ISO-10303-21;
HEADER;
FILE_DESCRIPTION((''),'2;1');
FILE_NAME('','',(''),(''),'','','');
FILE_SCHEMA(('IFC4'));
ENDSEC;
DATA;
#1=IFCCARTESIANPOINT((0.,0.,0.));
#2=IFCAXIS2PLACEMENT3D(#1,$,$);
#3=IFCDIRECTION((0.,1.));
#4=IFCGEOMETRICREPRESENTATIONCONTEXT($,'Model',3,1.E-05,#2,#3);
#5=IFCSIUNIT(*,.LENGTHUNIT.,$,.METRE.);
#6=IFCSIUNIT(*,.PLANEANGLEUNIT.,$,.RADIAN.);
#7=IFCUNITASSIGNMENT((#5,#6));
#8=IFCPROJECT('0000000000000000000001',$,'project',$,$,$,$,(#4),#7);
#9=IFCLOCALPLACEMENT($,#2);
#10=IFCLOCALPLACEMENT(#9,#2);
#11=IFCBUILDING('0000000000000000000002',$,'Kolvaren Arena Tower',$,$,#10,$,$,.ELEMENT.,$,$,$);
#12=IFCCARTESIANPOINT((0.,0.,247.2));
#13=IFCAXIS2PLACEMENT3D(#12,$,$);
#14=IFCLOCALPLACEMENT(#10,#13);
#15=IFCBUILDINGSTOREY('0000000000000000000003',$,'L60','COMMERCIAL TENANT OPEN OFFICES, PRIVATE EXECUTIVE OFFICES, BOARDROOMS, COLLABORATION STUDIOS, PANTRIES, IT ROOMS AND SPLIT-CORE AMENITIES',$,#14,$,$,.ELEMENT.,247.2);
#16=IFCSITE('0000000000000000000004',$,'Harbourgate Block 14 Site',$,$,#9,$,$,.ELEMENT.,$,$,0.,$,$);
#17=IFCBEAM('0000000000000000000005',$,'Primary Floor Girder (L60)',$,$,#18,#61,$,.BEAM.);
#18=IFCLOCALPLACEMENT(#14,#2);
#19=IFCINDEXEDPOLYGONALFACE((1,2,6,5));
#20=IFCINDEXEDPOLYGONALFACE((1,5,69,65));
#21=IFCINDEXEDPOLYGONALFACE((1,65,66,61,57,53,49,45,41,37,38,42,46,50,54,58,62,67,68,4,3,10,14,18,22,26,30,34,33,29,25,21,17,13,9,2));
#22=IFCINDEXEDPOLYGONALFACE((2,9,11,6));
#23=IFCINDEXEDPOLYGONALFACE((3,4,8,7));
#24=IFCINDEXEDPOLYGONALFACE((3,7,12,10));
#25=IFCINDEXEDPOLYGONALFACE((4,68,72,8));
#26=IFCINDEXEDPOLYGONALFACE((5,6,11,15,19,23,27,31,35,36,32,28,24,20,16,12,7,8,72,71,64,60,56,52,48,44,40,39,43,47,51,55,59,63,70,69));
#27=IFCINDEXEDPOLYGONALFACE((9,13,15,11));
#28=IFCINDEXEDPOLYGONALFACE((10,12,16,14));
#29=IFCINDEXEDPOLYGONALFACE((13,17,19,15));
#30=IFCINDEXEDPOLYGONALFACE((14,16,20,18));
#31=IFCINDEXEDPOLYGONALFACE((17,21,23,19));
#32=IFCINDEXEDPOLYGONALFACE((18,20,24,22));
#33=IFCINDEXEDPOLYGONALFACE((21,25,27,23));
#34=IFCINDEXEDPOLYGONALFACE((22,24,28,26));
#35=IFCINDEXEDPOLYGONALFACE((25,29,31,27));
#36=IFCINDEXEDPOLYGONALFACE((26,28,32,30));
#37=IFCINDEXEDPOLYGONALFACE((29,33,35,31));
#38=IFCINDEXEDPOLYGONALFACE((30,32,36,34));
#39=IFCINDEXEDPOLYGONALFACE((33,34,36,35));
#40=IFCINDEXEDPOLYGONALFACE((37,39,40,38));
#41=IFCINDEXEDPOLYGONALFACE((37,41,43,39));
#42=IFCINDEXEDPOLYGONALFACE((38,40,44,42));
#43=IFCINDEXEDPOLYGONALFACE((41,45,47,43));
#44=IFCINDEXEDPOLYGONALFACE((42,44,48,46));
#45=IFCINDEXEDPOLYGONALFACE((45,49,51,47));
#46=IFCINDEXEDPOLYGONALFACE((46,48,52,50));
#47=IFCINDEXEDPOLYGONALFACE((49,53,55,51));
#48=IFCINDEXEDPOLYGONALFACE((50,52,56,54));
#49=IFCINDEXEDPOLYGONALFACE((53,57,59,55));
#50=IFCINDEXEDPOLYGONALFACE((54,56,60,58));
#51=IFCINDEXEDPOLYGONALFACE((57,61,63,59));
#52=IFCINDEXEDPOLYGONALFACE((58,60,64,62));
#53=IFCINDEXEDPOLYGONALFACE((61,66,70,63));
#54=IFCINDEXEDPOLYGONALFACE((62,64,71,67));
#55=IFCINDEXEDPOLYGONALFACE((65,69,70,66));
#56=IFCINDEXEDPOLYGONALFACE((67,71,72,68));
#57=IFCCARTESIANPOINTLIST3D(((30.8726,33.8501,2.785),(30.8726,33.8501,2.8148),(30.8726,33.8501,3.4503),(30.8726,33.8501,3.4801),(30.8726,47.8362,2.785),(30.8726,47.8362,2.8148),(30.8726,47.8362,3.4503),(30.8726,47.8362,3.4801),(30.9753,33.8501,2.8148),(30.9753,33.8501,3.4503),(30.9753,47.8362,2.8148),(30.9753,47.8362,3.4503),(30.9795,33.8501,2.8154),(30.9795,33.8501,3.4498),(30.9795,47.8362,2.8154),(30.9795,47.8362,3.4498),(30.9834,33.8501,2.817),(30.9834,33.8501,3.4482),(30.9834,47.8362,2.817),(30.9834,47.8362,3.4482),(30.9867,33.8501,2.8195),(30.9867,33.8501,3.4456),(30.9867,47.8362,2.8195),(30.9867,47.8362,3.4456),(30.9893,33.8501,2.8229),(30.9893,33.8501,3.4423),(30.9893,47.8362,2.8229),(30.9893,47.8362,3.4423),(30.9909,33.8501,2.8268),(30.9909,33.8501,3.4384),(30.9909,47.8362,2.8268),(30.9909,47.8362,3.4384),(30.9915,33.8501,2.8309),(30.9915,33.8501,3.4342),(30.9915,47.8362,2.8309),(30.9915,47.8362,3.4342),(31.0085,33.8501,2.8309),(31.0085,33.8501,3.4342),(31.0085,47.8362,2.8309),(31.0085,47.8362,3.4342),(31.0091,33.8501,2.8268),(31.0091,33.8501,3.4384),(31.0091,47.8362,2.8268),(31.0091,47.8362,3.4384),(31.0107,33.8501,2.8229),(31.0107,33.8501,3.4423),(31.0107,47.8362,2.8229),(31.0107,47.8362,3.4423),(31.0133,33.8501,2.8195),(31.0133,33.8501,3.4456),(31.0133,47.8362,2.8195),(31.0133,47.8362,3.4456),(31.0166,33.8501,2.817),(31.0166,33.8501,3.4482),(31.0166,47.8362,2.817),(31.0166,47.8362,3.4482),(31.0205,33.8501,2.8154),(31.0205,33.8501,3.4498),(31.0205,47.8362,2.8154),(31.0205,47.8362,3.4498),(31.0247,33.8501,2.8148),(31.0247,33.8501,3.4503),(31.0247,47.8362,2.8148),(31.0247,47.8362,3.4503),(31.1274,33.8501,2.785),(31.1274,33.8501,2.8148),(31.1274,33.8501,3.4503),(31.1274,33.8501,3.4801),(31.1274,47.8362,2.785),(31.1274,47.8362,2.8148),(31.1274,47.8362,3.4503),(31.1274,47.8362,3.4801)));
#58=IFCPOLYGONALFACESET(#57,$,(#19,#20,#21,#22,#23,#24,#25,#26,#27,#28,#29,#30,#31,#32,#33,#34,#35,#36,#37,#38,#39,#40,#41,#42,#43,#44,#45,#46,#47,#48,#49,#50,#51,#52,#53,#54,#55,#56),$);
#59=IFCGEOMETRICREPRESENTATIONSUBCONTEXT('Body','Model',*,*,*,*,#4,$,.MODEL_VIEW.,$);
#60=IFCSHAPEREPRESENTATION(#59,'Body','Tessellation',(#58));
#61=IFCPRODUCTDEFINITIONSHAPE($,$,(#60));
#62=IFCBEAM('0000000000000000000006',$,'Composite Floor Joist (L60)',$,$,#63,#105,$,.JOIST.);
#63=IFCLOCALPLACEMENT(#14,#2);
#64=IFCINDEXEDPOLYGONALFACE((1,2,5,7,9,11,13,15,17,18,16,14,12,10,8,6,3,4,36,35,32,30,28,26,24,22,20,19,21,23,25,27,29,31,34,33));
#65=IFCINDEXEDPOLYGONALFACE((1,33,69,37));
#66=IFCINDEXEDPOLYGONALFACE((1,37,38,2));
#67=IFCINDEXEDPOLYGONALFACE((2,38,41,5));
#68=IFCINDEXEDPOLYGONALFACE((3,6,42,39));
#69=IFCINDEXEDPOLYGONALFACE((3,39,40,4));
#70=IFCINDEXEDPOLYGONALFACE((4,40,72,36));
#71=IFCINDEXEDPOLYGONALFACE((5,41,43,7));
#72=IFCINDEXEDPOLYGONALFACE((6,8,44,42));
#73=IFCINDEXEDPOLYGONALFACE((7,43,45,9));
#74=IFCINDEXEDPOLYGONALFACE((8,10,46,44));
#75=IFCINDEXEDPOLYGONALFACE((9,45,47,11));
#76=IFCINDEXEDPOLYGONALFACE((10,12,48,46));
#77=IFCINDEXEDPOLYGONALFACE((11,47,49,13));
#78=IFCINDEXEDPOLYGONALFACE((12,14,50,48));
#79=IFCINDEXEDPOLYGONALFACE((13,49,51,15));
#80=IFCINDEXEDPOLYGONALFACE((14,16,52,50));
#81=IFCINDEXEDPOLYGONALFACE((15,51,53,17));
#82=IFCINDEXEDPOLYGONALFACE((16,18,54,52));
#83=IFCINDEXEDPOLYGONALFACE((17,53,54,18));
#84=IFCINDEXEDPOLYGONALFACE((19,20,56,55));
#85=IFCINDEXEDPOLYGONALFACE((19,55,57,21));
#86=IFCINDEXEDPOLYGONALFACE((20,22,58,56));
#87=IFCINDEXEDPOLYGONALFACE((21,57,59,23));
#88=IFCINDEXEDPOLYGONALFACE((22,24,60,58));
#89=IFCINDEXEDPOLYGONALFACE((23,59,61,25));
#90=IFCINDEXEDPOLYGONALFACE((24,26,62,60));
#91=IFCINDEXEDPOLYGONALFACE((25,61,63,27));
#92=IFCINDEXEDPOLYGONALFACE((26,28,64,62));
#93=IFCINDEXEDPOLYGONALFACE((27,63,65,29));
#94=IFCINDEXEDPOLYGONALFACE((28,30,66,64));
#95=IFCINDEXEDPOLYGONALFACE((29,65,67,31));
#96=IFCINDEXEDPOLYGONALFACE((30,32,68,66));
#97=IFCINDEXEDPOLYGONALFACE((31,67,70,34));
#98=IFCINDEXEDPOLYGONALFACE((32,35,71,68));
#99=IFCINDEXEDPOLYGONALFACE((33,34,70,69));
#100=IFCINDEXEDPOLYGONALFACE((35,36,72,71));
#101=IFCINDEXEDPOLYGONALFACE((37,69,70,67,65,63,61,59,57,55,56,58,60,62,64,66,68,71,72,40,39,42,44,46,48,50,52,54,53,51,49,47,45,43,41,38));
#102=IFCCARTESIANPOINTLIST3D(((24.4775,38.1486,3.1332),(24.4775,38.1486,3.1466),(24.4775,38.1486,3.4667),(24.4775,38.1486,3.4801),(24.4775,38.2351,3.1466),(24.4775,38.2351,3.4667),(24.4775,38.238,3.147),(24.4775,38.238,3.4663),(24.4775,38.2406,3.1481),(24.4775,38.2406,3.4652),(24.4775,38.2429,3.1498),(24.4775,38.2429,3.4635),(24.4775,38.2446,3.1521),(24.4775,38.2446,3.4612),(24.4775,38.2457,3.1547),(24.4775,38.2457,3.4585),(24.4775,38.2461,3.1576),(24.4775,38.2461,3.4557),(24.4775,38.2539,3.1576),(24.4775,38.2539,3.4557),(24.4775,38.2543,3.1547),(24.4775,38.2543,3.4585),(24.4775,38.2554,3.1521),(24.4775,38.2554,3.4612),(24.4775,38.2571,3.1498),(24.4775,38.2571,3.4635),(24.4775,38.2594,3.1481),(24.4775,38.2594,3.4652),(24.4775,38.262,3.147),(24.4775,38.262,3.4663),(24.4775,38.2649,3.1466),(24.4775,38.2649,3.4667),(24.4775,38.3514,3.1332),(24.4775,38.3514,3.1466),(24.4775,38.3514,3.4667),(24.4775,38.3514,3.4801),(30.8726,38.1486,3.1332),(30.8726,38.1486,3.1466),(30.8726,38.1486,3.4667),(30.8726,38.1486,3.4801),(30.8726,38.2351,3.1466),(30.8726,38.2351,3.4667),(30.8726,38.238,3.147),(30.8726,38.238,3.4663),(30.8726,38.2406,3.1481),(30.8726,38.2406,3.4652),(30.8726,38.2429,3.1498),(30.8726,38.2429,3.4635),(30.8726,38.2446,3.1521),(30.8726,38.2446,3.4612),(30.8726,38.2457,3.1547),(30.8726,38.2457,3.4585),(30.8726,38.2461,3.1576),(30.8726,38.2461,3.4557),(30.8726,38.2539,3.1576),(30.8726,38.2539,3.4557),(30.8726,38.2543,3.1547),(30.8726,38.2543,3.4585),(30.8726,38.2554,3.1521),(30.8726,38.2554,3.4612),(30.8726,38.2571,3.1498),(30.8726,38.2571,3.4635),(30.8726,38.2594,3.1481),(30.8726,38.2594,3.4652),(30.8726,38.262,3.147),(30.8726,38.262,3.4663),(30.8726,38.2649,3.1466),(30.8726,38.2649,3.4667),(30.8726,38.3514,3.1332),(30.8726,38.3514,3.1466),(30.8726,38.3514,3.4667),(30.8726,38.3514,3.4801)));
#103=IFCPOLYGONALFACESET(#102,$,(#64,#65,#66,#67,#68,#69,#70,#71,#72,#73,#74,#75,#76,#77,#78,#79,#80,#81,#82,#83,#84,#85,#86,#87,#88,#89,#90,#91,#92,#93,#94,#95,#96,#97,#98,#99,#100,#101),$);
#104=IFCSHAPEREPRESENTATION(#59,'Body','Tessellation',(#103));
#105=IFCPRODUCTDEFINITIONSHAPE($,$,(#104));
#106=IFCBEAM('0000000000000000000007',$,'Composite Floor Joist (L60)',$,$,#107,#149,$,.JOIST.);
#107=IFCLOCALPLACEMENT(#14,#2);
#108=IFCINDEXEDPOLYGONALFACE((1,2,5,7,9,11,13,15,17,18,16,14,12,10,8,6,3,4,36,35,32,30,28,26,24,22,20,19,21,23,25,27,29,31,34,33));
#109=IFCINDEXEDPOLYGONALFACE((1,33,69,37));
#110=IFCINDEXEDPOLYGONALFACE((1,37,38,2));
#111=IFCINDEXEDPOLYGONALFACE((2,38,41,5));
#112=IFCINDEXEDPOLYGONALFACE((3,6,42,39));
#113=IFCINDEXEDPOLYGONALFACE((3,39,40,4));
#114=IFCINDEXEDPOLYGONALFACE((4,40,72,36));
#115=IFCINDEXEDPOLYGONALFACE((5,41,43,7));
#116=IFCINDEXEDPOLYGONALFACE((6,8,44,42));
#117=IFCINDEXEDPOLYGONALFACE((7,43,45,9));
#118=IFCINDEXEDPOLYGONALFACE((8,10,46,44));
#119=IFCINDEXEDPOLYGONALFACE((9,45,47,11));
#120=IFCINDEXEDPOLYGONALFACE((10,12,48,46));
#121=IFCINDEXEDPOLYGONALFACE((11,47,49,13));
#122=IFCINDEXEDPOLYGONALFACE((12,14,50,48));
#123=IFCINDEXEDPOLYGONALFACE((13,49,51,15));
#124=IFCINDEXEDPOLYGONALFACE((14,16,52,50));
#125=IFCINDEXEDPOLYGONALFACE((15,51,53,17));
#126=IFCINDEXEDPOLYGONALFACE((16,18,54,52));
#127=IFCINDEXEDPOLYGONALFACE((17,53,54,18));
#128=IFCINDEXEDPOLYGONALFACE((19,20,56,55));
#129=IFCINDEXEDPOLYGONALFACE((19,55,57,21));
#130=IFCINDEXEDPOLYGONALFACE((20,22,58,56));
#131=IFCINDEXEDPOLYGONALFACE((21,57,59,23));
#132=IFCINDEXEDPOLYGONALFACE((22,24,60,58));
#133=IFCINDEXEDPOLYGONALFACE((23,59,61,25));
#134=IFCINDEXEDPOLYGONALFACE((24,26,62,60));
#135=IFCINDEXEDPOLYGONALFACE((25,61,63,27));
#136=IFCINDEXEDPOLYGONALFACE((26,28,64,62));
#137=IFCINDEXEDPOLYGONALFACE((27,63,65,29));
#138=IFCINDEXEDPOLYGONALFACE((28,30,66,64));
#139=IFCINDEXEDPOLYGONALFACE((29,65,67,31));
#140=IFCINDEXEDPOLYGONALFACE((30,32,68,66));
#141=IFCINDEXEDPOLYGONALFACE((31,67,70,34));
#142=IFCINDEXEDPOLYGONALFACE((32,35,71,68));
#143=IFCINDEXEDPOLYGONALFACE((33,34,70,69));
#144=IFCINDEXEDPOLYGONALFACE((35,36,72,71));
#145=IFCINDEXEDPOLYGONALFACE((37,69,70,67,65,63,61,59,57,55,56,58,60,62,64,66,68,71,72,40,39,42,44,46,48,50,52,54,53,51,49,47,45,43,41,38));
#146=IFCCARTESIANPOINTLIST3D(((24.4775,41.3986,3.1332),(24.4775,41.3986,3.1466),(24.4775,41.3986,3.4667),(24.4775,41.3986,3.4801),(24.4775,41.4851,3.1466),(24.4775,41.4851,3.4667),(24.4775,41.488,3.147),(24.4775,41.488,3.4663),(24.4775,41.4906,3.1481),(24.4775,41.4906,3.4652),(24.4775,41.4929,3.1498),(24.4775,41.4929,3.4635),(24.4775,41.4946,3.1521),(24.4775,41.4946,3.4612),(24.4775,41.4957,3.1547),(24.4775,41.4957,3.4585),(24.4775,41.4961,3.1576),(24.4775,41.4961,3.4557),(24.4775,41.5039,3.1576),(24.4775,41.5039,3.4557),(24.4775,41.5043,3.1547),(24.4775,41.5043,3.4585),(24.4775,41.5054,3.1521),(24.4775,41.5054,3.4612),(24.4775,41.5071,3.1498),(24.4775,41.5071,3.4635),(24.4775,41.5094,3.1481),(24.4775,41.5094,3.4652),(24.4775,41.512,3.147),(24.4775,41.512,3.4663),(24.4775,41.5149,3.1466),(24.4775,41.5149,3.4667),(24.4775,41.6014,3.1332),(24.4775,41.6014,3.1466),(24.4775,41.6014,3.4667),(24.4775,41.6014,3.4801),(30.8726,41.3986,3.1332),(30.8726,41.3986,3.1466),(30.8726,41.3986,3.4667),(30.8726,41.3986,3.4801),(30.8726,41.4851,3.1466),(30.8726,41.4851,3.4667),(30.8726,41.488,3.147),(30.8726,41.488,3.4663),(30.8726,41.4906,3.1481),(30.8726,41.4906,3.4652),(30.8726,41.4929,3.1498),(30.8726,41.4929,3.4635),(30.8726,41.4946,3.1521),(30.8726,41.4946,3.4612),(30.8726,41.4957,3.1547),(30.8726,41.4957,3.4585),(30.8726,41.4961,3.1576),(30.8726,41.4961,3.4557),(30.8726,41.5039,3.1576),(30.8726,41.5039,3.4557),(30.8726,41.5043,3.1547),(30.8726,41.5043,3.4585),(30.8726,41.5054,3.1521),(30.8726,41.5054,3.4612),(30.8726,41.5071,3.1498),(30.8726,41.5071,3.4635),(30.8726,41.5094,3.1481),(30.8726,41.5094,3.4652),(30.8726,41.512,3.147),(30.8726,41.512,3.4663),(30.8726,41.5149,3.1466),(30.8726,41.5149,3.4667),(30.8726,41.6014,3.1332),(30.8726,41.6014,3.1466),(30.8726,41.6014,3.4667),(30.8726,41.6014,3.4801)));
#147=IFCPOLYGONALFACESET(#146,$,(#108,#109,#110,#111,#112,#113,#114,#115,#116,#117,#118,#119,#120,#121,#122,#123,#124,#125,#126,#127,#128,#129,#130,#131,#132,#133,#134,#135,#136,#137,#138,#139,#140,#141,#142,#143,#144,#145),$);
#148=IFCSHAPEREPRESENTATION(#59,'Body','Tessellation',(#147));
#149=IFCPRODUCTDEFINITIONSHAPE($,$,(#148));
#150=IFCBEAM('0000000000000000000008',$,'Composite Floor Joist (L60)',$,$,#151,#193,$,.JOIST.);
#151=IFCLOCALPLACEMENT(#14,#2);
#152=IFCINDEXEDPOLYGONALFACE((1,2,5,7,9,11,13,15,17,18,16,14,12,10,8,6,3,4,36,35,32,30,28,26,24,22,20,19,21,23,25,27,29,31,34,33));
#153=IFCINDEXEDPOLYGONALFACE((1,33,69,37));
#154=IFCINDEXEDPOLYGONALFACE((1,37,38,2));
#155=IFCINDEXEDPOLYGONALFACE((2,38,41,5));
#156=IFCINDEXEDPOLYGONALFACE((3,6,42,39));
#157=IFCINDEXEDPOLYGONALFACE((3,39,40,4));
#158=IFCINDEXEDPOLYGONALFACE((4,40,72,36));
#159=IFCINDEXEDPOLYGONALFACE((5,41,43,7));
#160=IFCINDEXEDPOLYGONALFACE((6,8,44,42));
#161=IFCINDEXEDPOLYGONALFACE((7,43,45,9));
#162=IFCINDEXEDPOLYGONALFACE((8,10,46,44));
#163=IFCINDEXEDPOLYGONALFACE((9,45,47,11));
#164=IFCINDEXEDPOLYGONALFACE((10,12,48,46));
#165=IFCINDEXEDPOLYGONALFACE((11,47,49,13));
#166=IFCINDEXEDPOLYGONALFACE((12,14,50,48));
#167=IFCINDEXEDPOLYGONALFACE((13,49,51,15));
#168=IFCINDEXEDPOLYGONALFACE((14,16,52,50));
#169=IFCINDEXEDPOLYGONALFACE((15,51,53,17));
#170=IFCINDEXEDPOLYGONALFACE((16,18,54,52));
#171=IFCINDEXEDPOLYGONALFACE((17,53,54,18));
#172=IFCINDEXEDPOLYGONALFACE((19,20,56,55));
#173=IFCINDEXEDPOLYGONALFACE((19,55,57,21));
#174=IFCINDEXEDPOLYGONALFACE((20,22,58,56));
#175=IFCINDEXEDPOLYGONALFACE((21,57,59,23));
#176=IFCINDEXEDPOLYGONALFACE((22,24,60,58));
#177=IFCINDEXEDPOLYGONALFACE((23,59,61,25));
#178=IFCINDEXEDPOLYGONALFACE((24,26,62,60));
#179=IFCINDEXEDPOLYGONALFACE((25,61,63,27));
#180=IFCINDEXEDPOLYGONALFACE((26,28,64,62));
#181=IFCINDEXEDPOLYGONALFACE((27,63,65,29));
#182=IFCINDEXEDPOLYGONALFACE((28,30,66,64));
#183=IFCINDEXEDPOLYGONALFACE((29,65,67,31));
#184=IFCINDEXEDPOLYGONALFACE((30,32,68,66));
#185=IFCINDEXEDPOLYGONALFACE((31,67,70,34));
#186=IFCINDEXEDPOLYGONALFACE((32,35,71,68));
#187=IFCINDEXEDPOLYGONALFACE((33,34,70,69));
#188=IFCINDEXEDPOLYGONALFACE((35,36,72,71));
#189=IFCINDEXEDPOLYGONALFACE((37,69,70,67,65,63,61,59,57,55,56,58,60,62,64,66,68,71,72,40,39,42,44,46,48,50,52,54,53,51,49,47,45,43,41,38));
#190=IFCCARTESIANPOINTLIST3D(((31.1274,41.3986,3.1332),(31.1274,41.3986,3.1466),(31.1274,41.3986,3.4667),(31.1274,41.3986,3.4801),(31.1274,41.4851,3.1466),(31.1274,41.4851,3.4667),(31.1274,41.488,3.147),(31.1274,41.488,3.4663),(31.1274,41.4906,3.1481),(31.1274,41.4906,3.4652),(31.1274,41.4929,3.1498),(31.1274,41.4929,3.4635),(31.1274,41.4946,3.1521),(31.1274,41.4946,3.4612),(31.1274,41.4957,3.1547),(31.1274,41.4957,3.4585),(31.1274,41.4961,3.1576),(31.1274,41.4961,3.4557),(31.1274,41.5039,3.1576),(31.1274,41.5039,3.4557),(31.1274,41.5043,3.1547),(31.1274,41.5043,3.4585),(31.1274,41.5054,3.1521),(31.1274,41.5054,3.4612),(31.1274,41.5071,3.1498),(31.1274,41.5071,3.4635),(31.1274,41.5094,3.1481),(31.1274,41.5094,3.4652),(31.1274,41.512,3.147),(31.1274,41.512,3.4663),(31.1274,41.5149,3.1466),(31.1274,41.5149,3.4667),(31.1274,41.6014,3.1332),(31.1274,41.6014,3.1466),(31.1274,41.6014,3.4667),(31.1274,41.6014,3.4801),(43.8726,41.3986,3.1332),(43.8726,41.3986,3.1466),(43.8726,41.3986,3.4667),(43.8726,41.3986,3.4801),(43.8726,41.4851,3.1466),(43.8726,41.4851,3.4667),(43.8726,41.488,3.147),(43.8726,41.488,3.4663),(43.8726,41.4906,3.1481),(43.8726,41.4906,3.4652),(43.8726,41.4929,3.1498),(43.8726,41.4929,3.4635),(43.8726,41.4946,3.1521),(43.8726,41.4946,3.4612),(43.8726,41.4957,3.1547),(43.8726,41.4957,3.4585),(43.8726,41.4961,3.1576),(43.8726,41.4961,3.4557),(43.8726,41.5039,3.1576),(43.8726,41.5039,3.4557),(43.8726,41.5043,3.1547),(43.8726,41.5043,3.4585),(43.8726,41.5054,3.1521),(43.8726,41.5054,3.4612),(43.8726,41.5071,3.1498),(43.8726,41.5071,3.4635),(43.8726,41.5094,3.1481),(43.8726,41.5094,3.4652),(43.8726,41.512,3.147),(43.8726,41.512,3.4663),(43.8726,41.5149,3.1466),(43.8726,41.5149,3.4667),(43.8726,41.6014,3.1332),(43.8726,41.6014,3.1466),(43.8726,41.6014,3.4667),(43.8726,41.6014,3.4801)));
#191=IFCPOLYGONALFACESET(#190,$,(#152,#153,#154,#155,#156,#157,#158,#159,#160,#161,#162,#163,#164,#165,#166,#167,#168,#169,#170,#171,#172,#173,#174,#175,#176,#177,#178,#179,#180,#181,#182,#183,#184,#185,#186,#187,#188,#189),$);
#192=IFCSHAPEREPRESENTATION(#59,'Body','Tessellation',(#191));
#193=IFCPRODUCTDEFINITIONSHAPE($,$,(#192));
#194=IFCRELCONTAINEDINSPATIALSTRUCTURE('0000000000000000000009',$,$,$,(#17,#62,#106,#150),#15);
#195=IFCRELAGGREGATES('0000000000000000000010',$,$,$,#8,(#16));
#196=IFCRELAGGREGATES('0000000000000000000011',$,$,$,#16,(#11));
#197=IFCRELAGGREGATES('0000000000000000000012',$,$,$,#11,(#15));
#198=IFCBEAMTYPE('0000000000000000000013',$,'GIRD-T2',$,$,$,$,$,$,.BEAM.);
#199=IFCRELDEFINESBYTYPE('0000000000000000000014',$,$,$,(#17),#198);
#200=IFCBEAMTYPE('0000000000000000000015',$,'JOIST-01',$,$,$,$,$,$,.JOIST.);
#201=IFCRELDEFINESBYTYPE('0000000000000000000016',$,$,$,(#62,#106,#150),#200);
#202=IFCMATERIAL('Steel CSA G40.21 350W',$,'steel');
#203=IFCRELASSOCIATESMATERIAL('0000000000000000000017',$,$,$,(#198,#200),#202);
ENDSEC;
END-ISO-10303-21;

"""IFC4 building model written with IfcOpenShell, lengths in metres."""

from ifc_helpers import new_model, si_unit, direction, frame, origin, origin_2d, place, context, subcontext, project, spatial, i_section, extrude, material, material_profile, profile_set, type_object, element, save


model = new_model("IFC4")

# Units and contexts
model_context = context("Model", 3, precision=1e-05, world=origin(), true_north=direction((0.0, 1.0)))
body_context = subcontext(model_context, "Body", "Model", "MODEL_VIEW")
ifc_project = project(units=[si_unit("LENGTHUNIT", "METRE"), si_unit("PLANEANGLEUNIT", "RADIAN")], contexts=[model_context])

# Site, building, storey
site_placement = place(None, origin())
site = spatial("IfcSite", under=ifc_project, at=site_placement, Name="Harbourgate Block 14 Site", CompositionType="ELEMENT", RefElevation=0.0)
building_placement = place(site_placement, origin())
building = spatial("IfcBuilding", under=site, at=building_placement, Name="Kolvaren Arena Tower", CompositionType="ELEMENT")
storey_placement = place(building_placement, frame((0.0, 0.0, 247.2)))
storey = spatial("IfcBuildingStorey", under=building, at=storey_placement, Name="L60", Description="COMMERCIAL TENANT OPEN OFFICES, PRIVATE EXECUTIVE OFFICES, BOARDROOMS, COLLABORATION STUDIOS, PANTRIES, IT ROOMS AND SPLIT-CORE AMENITIES", CompositionType="ELEMENT", Elevation=247.2)

# Beams
ifc_material_1 = material(Name="Steel CSA G40.21 350W", Category="steel")
ifc_material_profile_1 = material_profile(ifc_material_1, i_section(OverallWidth=0.2549, OverallDepth=0.6951, WebThickness=0.0171, FlangeThickness=0.0298, FilletRadius=0.0161, at=origin_2d()), Name="W690x217")
ifc_profile_set_1 = profile_set([ifc_material_profile_1], Name="Steel CSA G40.21 350W")
beam_type_1 = type_object("IfcBeamType", Name="GIRD-T2", PredefinedType="BEAM", material=ifc_profile_set_1)
beam_1_placement = place(storey_placement, frame((31.0, 33.8501, 3.1326), z_axis=(0.0, 1.0, 0.0), x_axis=(-1.0, 0.0, 0.0)))
element("IfcBeam", 1, at=beam_1_placement, inside=storey, type_object=beam_type_1, Name="Primary Floor Girder (L60)", PredefinedType="BEAM", context=body_context, shape_type="SweptSolid", body=[
    extrude(i_section(OverallWidth=0.2549, OverallDepth=0.6951, WebThickness=0.0171, FlangeThickness=0.0298, FilletRadius=0.0161, at=origin_2d()), origin(), (0.0, 0.0, 1.0), 13.9861),
])
ifc_material_profile_2 = material_profile(ifc_material_1, i_section(OverallWidth=0.2029, OverallDepth=0.3469, WebThickness=0.0078, FlangeThickness=0.0134, FilletRadius=0.011, at=origin_2d()), Name="W360x64")
ifc_profile_set_2 = profile_set([ifc_material_profile_2], Name="Steel CSA G40.21 350W")
beam_type_2 = type_object("IfcBeamType", Name="JOIST-01", PredefinedType="JOIST", material=ifc_profile_set_2)
for number, where, z_axis, x_axis, name in (
    (2, (24.4775, 38.25, 3.3066), (1.0, 0.0, 0.0), (0.0, 1.0, 0.0), "Composite Floor Joist (L60)"),
    (3, (24.4775, 41.5, 3.3066), (1.0, 0.0, 0.0), (0.0, 1.0, 0.0), "Composite Floor Joist (L60)"),
):
    element("IfcBeam", number, at=place(storey_placement, frame(where, z_axis=z_axis, x_axis=x_axis)), inside=storey, type_object=beam_type_2, Name=name, PredefinedType="JOIST", context=body_context, shape_type="SweptSolid", body=[
        extrude(i_section(OverallWidth=0.2029, OverallDepth=0.3469, WebThickness=0.0078, FlangeThickness=0.0134, FilletRadius=0.011, at=origin_2d()), origin(), (0.0, 0.0, 1.0), 6.395),
    ])
beam_2_placement = place(storey_placement, frame((31.1274, 41.5, 3.3066), z_axis=(1.0, 0.0, 0.0), x_axis=(0.0, 1.0, 0.0)))
element("IfcBeam", 4, at=beam_2_placement, inside=storey, type_object=beam_type_2, Name="Composite Floor Joist (L60)", PredefinedType="JOIST", context=body_context, shape_type="SweptSolid", body=[
    extrude(i_section(OverallWidth=0.2029, OverallDepth=0.3469, WebThickness=0.0078, FlangeThickness=0.0134, FilletRadius=0.011, at=origin_2d()), origin(), (0.0, 0.0, 1.0), 12.7451),
])

save(model, "model.ifc")
